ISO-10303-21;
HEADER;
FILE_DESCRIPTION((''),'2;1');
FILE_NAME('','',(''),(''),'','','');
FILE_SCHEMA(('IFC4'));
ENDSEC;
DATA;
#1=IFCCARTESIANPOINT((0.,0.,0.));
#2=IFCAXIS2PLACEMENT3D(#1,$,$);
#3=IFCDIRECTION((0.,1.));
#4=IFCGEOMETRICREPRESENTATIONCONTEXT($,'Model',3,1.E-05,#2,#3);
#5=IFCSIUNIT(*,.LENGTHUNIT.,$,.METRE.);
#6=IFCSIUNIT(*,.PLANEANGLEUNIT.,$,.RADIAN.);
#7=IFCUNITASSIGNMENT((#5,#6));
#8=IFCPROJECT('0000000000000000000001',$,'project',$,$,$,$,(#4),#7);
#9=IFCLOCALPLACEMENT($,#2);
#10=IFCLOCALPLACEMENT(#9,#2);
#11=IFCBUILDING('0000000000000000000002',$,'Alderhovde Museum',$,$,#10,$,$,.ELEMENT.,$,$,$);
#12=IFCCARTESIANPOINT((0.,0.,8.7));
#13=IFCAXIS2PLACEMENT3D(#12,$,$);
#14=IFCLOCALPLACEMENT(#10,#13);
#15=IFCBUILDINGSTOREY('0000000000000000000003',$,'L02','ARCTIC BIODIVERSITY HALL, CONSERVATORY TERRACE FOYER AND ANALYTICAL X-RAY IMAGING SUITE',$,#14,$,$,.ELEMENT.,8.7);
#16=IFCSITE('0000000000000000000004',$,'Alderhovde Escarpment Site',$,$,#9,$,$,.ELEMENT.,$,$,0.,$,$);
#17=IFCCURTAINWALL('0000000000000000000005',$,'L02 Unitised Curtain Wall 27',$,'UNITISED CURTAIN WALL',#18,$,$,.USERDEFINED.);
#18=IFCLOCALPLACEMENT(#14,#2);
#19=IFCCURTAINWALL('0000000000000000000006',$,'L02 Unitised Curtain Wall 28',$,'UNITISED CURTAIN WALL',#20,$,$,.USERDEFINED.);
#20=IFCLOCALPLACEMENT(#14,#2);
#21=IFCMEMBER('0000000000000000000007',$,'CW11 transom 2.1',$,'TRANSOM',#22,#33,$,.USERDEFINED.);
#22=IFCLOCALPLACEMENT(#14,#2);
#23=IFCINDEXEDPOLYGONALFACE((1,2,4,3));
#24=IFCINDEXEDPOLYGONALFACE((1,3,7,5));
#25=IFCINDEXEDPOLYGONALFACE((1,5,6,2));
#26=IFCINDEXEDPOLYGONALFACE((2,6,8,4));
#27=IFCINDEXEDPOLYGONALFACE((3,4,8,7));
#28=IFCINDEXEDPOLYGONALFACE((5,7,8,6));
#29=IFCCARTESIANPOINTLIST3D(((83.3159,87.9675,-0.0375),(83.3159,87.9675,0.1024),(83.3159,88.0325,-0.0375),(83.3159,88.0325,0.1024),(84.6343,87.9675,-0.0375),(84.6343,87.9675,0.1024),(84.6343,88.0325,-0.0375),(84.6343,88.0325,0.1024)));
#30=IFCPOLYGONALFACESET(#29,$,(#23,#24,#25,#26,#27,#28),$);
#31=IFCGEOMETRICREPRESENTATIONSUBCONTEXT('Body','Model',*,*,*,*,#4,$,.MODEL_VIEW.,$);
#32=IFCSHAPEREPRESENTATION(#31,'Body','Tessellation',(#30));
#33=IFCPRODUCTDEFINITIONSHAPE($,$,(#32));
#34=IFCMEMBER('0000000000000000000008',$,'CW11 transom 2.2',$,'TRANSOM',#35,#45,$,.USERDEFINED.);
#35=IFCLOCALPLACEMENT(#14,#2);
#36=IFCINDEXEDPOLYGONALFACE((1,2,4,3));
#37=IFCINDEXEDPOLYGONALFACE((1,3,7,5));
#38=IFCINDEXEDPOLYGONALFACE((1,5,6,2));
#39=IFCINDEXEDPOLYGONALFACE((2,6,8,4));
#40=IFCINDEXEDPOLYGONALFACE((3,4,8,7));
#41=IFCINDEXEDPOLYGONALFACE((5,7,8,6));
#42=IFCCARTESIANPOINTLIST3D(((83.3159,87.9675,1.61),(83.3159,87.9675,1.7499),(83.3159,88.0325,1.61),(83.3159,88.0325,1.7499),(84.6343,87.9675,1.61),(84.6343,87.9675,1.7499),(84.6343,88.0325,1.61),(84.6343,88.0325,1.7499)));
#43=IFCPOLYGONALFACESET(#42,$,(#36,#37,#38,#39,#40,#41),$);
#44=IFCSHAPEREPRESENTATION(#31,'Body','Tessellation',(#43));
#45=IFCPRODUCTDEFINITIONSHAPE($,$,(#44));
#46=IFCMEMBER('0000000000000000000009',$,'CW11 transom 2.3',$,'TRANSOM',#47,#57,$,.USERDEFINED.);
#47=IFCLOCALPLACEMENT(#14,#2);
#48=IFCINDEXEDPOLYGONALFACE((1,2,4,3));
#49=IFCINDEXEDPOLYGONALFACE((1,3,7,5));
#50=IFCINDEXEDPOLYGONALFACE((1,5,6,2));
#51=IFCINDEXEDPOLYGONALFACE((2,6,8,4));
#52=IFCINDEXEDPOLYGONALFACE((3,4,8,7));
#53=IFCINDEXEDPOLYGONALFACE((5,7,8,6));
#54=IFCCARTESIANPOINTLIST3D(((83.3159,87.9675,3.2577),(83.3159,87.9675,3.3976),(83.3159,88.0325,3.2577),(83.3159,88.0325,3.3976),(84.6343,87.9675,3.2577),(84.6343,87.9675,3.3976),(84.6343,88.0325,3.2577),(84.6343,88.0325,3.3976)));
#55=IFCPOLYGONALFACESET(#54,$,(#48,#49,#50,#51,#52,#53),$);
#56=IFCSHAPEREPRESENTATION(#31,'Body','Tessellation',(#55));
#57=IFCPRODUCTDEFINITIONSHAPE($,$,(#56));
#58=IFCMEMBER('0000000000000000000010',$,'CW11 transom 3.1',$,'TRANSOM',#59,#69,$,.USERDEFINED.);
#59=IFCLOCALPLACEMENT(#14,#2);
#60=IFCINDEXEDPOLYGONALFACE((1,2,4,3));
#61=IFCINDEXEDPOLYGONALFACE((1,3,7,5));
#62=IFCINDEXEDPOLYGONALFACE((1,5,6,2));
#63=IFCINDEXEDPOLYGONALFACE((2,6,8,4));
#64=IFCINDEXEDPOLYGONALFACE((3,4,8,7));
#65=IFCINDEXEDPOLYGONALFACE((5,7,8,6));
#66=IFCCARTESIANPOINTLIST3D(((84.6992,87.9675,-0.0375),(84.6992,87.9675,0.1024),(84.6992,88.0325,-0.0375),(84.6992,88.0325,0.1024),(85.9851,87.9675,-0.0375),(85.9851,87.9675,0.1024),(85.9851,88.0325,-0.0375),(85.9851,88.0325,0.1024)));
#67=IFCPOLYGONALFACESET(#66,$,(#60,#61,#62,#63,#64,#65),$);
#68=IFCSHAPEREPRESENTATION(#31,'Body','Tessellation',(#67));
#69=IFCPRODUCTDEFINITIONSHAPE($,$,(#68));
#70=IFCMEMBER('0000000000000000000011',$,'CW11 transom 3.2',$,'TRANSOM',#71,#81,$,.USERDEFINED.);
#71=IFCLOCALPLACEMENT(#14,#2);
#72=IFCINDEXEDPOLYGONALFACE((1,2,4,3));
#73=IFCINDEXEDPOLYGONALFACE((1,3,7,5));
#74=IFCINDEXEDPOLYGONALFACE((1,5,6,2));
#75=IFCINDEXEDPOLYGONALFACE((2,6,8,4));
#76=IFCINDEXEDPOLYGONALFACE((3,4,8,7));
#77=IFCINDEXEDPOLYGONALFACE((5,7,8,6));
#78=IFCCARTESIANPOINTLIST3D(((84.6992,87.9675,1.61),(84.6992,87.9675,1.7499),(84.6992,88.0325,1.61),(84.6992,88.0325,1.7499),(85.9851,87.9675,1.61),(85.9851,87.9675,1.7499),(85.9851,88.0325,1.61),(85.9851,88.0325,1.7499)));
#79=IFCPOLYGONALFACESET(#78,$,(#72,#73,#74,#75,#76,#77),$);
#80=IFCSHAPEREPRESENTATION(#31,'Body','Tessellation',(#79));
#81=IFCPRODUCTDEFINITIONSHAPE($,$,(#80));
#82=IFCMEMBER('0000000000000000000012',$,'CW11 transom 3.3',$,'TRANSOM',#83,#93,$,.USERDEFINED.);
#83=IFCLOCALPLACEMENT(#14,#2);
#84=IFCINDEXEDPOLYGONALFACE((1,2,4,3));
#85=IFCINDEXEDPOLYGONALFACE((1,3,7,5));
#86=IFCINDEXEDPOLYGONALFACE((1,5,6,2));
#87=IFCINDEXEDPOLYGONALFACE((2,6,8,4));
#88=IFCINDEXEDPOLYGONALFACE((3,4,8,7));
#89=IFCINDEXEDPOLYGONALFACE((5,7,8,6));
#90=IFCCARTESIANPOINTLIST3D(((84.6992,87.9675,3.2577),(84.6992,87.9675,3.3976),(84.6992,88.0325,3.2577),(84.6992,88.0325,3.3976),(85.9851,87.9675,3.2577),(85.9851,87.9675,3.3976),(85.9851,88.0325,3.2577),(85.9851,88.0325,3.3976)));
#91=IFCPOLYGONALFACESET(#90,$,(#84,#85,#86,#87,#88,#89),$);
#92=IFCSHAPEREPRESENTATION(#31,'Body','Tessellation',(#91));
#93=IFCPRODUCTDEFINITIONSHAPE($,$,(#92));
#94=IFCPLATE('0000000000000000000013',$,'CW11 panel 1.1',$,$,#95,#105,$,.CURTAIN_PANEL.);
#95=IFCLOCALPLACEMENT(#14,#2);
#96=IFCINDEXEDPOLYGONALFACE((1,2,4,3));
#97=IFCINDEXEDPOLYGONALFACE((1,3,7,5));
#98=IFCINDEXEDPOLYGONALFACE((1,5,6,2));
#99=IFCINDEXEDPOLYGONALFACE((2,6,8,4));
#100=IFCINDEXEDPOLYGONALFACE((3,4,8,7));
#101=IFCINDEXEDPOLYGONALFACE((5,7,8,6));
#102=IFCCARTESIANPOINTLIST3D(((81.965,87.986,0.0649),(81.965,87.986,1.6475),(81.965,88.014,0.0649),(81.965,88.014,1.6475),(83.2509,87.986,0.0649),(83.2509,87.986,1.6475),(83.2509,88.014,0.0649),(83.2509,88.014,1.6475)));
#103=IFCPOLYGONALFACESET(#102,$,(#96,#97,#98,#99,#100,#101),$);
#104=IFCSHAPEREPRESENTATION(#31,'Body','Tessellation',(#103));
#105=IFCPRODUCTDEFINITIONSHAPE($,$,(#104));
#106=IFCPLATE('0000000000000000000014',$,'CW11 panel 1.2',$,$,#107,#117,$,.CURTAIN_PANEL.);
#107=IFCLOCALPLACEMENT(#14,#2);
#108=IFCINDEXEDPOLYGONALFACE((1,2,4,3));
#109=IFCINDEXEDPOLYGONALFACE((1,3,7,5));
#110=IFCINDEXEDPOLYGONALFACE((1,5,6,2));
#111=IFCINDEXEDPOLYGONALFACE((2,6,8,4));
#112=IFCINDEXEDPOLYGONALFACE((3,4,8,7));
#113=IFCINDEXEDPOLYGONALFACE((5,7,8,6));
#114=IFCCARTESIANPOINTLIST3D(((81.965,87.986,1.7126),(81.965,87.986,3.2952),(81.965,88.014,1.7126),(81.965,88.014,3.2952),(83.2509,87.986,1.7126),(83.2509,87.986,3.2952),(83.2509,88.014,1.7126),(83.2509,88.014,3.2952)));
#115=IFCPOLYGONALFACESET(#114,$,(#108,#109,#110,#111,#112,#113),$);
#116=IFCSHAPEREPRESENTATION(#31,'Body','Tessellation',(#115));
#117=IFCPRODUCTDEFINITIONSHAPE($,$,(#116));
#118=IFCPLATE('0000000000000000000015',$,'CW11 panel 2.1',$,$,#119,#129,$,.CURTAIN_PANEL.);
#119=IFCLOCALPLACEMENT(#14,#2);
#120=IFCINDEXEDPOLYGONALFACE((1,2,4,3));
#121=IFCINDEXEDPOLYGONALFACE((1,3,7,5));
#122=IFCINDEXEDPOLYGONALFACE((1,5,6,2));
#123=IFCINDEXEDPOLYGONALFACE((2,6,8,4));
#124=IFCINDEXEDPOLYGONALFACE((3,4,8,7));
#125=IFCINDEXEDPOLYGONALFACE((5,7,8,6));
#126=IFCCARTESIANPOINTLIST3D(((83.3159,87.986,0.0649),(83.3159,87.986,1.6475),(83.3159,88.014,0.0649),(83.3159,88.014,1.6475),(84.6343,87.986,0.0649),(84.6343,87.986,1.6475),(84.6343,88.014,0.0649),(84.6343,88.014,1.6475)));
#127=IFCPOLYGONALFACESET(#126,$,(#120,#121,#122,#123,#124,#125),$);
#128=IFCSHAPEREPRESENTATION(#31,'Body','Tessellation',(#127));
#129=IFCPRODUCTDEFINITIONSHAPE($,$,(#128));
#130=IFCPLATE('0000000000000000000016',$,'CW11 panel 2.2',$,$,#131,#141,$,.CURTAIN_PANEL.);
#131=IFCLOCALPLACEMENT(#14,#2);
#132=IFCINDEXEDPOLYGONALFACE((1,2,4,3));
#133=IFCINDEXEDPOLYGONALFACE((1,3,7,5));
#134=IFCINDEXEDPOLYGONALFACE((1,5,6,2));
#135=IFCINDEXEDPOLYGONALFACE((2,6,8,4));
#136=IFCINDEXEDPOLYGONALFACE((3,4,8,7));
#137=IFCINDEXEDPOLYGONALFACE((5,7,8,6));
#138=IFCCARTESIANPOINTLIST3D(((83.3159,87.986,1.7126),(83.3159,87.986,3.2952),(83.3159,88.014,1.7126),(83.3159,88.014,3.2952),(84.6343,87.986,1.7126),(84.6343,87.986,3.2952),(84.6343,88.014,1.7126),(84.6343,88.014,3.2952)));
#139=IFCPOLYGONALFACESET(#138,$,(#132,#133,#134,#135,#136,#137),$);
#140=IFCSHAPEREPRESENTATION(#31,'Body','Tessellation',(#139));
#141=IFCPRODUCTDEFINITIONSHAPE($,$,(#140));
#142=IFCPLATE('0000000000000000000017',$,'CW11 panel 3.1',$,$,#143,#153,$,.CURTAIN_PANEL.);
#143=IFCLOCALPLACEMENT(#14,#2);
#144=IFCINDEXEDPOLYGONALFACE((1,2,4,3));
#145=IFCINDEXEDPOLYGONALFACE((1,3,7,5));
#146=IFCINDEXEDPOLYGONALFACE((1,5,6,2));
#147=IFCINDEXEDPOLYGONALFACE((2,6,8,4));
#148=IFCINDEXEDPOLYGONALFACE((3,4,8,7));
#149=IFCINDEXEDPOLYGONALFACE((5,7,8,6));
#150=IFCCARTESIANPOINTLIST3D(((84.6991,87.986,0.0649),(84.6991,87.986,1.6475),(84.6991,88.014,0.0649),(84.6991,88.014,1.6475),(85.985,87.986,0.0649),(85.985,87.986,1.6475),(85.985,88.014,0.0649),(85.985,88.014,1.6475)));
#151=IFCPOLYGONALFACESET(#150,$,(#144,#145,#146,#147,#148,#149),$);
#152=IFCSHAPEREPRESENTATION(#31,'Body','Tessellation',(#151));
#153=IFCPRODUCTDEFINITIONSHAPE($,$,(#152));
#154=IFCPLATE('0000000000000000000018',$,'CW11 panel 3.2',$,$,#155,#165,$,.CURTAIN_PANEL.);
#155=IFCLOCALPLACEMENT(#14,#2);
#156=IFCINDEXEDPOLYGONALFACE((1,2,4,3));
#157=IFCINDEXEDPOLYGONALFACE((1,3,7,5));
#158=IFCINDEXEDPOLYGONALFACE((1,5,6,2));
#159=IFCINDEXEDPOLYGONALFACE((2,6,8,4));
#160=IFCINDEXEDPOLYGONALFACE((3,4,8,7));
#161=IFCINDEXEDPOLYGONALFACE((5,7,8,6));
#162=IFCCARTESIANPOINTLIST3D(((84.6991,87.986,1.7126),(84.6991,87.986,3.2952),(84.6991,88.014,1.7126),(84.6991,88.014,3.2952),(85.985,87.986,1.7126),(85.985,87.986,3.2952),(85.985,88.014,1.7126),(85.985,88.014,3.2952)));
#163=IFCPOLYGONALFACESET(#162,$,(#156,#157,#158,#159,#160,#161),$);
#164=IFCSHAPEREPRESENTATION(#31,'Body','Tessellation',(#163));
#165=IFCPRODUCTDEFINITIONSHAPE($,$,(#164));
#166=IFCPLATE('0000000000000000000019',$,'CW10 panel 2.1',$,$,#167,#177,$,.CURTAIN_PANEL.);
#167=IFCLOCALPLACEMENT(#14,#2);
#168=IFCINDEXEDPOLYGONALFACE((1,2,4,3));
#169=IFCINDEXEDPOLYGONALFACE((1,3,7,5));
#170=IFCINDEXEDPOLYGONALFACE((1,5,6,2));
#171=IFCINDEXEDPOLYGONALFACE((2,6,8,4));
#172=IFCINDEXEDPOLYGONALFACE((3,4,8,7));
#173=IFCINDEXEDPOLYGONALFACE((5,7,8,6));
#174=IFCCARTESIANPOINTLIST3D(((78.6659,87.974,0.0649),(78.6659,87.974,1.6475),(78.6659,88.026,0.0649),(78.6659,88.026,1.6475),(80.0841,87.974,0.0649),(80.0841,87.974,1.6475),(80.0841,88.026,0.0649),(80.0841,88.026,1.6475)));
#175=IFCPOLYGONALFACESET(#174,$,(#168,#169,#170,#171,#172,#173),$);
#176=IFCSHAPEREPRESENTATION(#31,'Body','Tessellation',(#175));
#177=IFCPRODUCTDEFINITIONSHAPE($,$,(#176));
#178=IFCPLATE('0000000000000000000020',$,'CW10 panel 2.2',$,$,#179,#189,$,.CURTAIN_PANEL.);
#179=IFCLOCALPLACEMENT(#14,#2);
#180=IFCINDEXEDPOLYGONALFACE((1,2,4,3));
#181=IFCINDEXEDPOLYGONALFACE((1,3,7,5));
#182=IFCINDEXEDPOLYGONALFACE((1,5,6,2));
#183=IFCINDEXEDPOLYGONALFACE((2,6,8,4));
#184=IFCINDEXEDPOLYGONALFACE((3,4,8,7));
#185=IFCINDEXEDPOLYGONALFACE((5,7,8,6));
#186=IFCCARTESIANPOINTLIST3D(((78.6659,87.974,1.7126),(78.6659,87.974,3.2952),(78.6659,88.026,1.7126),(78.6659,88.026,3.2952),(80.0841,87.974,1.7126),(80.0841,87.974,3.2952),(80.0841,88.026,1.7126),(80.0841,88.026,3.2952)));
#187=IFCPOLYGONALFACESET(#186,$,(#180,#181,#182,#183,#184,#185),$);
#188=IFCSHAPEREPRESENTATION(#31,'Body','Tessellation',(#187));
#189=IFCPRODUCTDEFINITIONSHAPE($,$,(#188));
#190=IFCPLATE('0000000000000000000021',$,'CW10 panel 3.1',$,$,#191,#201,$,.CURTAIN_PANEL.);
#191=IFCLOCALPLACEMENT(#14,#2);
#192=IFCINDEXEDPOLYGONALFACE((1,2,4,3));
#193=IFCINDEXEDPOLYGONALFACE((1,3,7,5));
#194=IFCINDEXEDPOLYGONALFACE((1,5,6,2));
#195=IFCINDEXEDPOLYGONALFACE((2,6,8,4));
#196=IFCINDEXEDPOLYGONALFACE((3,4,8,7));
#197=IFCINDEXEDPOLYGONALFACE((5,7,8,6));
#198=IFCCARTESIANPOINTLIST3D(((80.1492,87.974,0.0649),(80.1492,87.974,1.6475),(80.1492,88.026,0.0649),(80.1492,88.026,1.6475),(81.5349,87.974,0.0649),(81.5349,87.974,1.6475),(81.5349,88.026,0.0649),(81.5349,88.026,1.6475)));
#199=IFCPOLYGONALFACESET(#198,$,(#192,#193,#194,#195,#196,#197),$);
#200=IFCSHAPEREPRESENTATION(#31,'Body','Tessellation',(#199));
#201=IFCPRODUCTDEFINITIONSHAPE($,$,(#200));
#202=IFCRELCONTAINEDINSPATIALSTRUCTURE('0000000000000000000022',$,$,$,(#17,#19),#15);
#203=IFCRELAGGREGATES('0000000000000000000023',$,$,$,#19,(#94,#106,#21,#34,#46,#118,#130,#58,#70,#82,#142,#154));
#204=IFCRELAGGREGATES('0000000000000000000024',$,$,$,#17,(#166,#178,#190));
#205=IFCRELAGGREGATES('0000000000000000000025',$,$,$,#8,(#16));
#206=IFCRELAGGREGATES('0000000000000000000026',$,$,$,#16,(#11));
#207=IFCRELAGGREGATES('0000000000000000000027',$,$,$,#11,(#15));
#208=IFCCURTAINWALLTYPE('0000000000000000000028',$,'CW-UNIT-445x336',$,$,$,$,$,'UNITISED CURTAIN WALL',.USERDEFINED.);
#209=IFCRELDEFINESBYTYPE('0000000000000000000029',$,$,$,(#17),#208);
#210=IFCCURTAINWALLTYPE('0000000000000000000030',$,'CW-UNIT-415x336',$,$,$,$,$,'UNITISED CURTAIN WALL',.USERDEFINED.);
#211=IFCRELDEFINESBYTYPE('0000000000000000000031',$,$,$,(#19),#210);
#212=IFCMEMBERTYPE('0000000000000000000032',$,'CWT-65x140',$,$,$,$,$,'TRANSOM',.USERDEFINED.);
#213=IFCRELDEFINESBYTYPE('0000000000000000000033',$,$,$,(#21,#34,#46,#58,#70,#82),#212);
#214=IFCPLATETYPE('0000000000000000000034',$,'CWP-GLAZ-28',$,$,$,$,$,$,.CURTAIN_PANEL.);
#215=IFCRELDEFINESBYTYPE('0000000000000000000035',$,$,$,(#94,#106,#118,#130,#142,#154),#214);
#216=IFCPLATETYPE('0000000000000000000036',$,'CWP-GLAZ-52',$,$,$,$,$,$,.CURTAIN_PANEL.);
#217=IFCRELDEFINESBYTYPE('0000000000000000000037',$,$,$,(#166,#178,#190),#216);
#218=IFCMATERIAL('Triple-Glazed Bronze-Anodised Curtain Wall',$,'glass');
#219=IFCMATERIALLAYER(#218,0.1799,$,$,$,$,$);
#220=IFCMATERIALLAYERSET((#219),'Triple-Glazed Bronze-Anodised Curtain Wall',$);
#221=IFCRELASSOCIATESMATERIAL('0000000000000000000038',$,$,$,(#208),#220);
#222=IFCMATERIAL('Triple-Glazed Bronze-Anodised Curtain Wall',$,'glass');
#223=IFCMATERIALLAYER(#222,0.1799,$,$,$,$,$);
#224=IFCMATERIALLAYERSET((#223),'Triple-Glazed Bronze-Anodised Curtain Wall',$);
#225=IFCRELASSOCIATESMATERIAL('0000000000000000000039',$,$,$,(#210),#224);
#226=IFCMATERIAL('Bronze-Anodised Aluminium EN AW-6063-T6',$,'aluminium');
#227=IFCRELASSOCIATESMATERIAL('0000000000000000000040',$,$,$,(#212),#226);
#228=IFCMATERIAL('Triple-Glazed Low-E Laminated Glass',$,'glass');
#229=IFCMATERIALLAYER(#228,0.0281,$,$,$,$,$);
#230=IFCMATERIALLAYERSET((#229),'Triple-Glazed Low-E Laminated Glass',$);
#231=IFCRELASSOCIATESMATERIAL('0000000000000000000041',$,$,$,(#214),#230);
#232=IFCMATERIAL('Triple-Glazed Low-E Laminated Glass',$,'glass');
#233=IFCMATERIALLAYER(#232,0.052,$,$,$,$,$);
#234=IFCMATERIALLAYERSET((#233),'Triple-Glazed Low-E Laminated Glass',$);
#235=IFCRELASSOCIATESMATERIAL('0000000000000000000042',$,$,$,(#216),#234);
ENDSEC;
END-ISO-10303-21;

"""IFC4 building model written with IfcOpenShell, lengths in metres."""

from ifc_helpers import new_model, si_unit, direction, frame, origin, origin_2d, place, context, subcontext, project, spatial, rectangle, extrude, material, layer, layer_set, material_profile, profile_set, type_object, element, aggregate, save


model = new_model("IFC4")

# Units and contexts
model_context = context("Model", 3, precision=1e-05, world=origin(), true_north=direction((0.0, 1.0)))
body_context = subcontext(model_context, "Body", "Model", "MODEL_VIEW")
ifc_project = project(units=[si_unit("LENGTHUNIT", "METRE"), si_unit("PLANEANGLEUNIT", "RADIAN")], contexts=[model_context])

# Site, building, storey
site_placement = place(None, origin())
site = spatial("IfcSite", under=ifc_project, at=site_placement, Name="Alderhovde Escarpment Site", CompositionType="ELEMENT", RefElevation=0.0)
building_placement = place(site_placement, origin())
building = spatial("IfcBuilding", under=site, at=building_placement, Name="Alderhovde Museum", CompositionType="ELEMENT")
storey_placement = place(building_placement, frame((0.0, 0.0, 8.7)))
storey = spatial("IfcBuildingStorey", under=building, at=storey_placement, Name="L02", Description="ARCTIC BIODIVERSITY HALL, CONSERVATORY TERRACE FOYER AND ANALYTICAL X-RAY IMAGING SUITE", CompositionType="ELEMENT", Elevation=8.7)

# Curtain walls
ifc_material_1 = material(Name="Triple-Glazed Bronze-Anodised Curtain Wall", Category="glass")
ifc_layer_1 = layer(ifc_material_1, 0.1799)
ifc_layer_set_1 = layer_set([ifc_layer_1], Name="Triple-Glazed Bronze-Anodised Curtain Wall")
curtain_wall_type_1 = type_object("IfcCurtainWallType", Name="CW-UNIT-445x336", ElementType="UNITISED CURTAIN WALL", PredefinedType="USERDEFINED", material=ifc_layer_set_1)
curtain_wall_1_placement = place(storey_placement, origin())
curtain_wall_1 = element("IfcCurtainWall", 1, at=curtain_wall_1_placement, inside=storey, type_object=curtain_wall_type_1, Name="L02 Unitised Curtain Wall 27", ObjectType="UNITISED CURTAIN WALL", PredefinedType="USERDEFINED")
ifc_material_2 = material(Name="Triple-Glazed Bronze-Anodised Curtain Wall", Category="glass")
ifc_layer_2 = layer(ifc_material_2, 0.1799)
ifc_layer_set_2 = layer_set([ifc_layer_2], Name="Triple-Glazed Bronze-Anodised Curtain Wall")
curtain_wall_type_2 = type_object("IfcCurtainWallType", Name="CW-UNIT-415x336", ElementType="UNITISED CURTAIN WALL", PredefinedType="USERDEFINED", material=ifc_layer_set_2)
curtain_wall_2_placement = place(storey_placement, origin())
curtain_wall_2 = element("IfcCurtainWall", 2, at=curtain_wall_2_placement, inside=storey, type_object=curtain_wall_type_2, Name="L02 Unitised Curtain Wall 28", ObjectType="UNITISED CURTAIN WALL", PredefinedType="USERDEFINED")

# Members
ifc_material_3 = material(Name="Bronze-Anodised Aluminium EN AW-6063-T6", Category="aluminium")
ifc_material_profile_1 = material_profile(ifc_material_3, rectangle(XDim=0.0649, YDim=0.1399, at=origin_2d()), Name="TRANSOM 65x140")
ifc_profile_set_1 = profile_set([ifc_material_profile_1], Name="Bronze-Anodised Aluminium EN AW-6063-T6")
member_type_1 = type_object("IfcMemberType", Name="CWT-65x140", ElementType="TRANSOM", PredefinedType="USERDEFINED", material=ifc_profile_set_1)
member_1_placement = place(storey_placement, frame((83.3159, 88.0, 0.0325), z_axis=(1.0, 0.0, 0.0), x_axis=(0.0, 1.0, 0.0)))
member_1 = element("IfcMember", 3, at=member_1_placement, type_object=member_type_1, Name="CW11 transom 2.1", ObjectType="TRANSOM", PredefinedType="USERDEFINED", context=body_context, shape_type="SweptSolid", body=[
    extrude(rectangle(XDim=0.0649, YDim=0.1399, at=origin_2d()), origin(), (0.0, 0.0, 1.0), 1.3184),
])
member_2_placement = place(storey_placement, frame((83.3159, 88.0, 1.6799), z_axis=(1.0, 0.0, 0.0), x_axis=(0.0, 1.0, 0.0)))
member_2 = element("IfcMember", 4, at=member_2_placement, type_object=member_type_1, Name="CW11 transom 2.2", ObjectType="TRANSOM", PredefinedType="USERDEFINED", context=body_context, shape_type="SweptSolid", body=[
    extrude(rectangle(XDim=0.0649, YDim=0.1399, at=origin_2d()), origin(), (0.0, 0.0, 1.0), 1.3184),
])
member_3_placement = place(storey_placement, frame((83.3159, 88.0, 3.3276), z_axis=(1.0, 0.0, 0.0), x_axis=(0.0, 1.0, 0.0)))
member_3 = element("IfcMember", 5, at=member_3_placement, type_object=member_type_1, Name="CW11 transom 2.3", ObjectType="TRANSOM", PredefinedType="USERDEFINED", context=body_context, shape_type="SweptSolid", body=[
    extrude(rectangle(XDim=0.0649, YDim=0.1399, at=origin_2d()), origin(), (0.0, 0.0, 1.0), 1.3184),
])
member_4_placement = place(storey_placement, frame((84.6992, 88.0, 0.0325), z_axis=(1.0, 0.0, 0.0), x_axis=(0.0, 1.0, 0.0)))
member_4 = element("IfcMember", 6, at=member_4_placement, type_object=member_type_1, Name="CW11 transom 3.1", ObjectType="TRANSOM", PredefinedType="USERDEFINED", context=body_context, shape_type="SweptSolid", body=[
    extrude(rectangle(XDim=0.0649, YDim=0.1399, at=origin_2d()), origin(), (0.0, 0.0, 1.0), 1.2859),
])
member_5_placement = place(storey_placement, frame((84.6992, 88.0, 1.6799), z_axis=(1.0, 0.0, 0.0), x_axis=(0.0, 1.0, 0.0)))
member_5 = element("IfcMember", 7, at=member_5_placement, type_object=member_type_1, Name="CW11 transom 3.2", ObjectType="TRANSOM", PredefinedType="USERDEFINED", context=body_context, shape_type="SweptSolid", body=[
    extrude(rectangle(XDim=0.0649, YDim=0.1399, at=origin_2d()), origin(), (0.0, 0.0, 1.0), 1.2859),
])
member_6_placement = place(storey_placement, frame((84.6992, 88.0, 3.3276), z_axis=(1.0, 0.0, 0.0), x_axis=(0.0, 1.0, 0.0)))
member_6 = element("IfcMember", 8, at=member_6_placement, type_object=member_type_1, Name="CW11 transom 3.3", ObjectType="TRANSOM", PredefinedType="USERDEFINED", context=body_context, shape_type="SweptSolid", body=[
    extrude(rectangle(XDim=0.0649, YDim=0.1399, at=origin_2d()), origin(), (0.0, 0.0, 1.0), 1.2859),
])

# Plates
ifc_material_4 = material(Name="Triple-Glazed Low-E Laminated Glass", Category="glass")
ifc_layer_3 = layer(ifc_material_4, 0.0281)
ifc_layer_set_3 = layer_set([ifc_layer_3], Name="Triple-Glazed Low-E Laminated Glass")
plate_type_1 = type_object("IfcPlateType", Name="CWP-GLAZ-28", PredefinedType="CURTAIN_PANEL", material=ifc_layer_set_3)
plate_1_placement = place(storey_placement, frame((82.6079, 88.0, 0.0649), z_axis=(0.0, 0.0, 1.0), x_axis=(1.0, 0.0, 0.0)))
plate_1 = element("IfcPlate", 9, at=plate_1_placement, type_object=plate_type_1, Name="CW11 panel 1.1", PredefinedType="CURTAIN_PANEL", context=body_context, shape_type="SweptSolid", body=[
    extrude(rectangle(XDim=1.2859, YDim=0.0281, at=origin_2d()), origin(), (0.0, 0.0, 1.0), 1.5825),
])
plate_2_placement = place(storey_placement, frame((82.6079, 88.0, 1.7126), z_axis=(0.0, 0.0, 1.0), x_axis=(1.0, 0.0, 0.0)))
plate_2 = element("IfcPlate", 10, at=plate_2_placement, type_object=plate_type_1, Name="CW11 panel 1.2", PredefinedType="CURTAIN_PANEL", context=body_context, shape_type="SweptSolid", body=[
    extrude(rectangle(XDim=1.2859, YDim=0.0281, at=origin_2d()), origin(), (0.0, 0.0, 1.0), 1.5825),
])
plate_3_placement = place(storey_placement, frame((83.9751, 88.0, 0.0649), z_axis=(0.0, 0.0, 1.0), x_axis=(1.0, 0.0, 0.0)))
plate_3 = element("IfcPlate", 11, at=plate_3_placement, type_object=plate_type_1, Name="CW11 panel 2.1", PredefinedType="CURTAIN_PANEL", context=body_context, shape_type="SweptSolid", body=[
    extrude(rectangle(XDim=1.3184, YDim=0.0281, at=origin_2d()), origin(), (0.0, 0.0, 1.0), 1.5825),
])
plate_4_placement = place(storey_placement, frame((83.9751, 88.0, 1.7126), z_axis=(0.0, 0.0, 1.0), x_axis=(1.0, 0.0, 0.0)))
plate_4 = element("IfcPlate", 12, at=plate_4_placement, type_object=plate_type_1, Name="CW11 panel 2.2", PredefinedType="CURTAIN_PANEL", context=body_context, shape_type="SweptSolid", body=[
    extrude(rectangle(XDim=1.3184, YDim=0.0281, at=origin_2d()), origin(), (0.0, 0.0, 1.0), 1.5825),
])
plate_5_placement = place(storey_placement, frame((85.342, 88.0, 0.0649), z_axis=(0.0, 0.0, 1.0), x_axis=(1.0, 0.0, 0.0)))
plate_5 = element("IfcPlate", 13, at=plate_5_placement, type_object=plate_type_1, Name="CW11 panel 3.1", PredefinedType="CURTAIN_PANEL", context=body_context, shape_type="SweptSolid", body=[
    extrude(rectangle(XDim=1.2859, YDim=0.0281, at=origin_2d()), origin(), (0.0, 0.0, 1.0), 1.5825),
])
plate_6_placement = place(storey_placement, frame((85.342, 88.0, 1.7126), z_axis=(0.0, 0.0, 1.0), x_axis=(1.0, 0.0, 0.0)))
plate_6 = element("IfcPlate", 14, at=plate_6_placement, type_object=plate_type_1, Name="CW11 panel 3.2", PredefinedType="CURTAIN_PANEL", context=body_context, shape_type="SweptSolid", body=[
    extrude(rectangle(XDim=1.2859, YDim=0.0281, at=origin_2d()), origin(), (0.0, 0.0, 1.0), 1.5825),
])
aggregate(curtain_wall_2, [plate_1, plate_2, member_1, member_2, member_3, plate_3, plate_4, member_4, member_5, member_6, plate_5, plate_6])
ifc_material_5 = material(Name="Triple-Glazed Low-E Laminated Glass", Category="glass")
ifc_layer_4 = layer(ifc_material_5, 0.052)
ifc_layer_set_4 = layer_set([ifc_layer_4], Name="Triple-Glazed Low-E Laminated Glass")
plate_type_2 = type_object("IfcPlateType", Name="CWP-GLAZ-52", PredefinedType="CURTAIN_PANEL", material=ifc_layer_set_4)
plate_7_placement = place(storey_placement, frame((79.375, 88.0, 0.0649), z_axis=(0.0, 0.0, 1.0), x_axis=(1.0, 0.0, 0.0)))
plate_7 = element("IfcPlate", 15, at=plate_7_placement, type_object=plate_type_2, Name="CW10 panel 2.1", PredefinedType="CURTAIN_PANEL", context=body_context, shape_type="SweptSolid", body=[
    extrude(rectangle(XDim=1.4182, YDim=0.052, at=origin_2d()), origin(), (0.0, 0.0, 1.0), 1.5825),
])
plate_8_placement = place(storey_placement, frame((79.375, 88.0, 1.7126), z_axis=(0.0, 0.0, 1.0), x_axis=(1.0, 0.0, 0.0)))
plate_8 = element("IfcPlate", 16, at=plate_8_placement, type_object=plate_type_2, Name="CW10 panel 2.2", PredefinedType="CURTAIN_PANEL", context=body_context, shape_type="SweptSolid", body=[
    extrude(rectangle(XDim=1.4182, YDim=0.052, at=origin_2d()), origin(), (0.0, 0.0, 1.0), 1.5825),
])
plate_9_placement = place(storey_placement, frame((80.842, 88.0, 0.0649), z_axis=(0.0, 0.0, 1.0), x_axis=(1.0, 0.0, 0.0)))
plate_9 = element("IfcPlate", 17, at=plate_9_placement, type_object=plate_type_2, Name="CW10 panel 3.1", PredefinedType="CURTAIN_PANEL", context=body_context, shape_type="SweptSolid", body=[
    extrude(rectangle(XDim=1.3857, YDim=0.052, at=origin_2d()), origin(), (0.0, 0.0, 1.0), 1.5825),
])
aggregate(curtain_wall_1, [plate_7, plate_8, plate_9])

save(model, "model.ifc")
